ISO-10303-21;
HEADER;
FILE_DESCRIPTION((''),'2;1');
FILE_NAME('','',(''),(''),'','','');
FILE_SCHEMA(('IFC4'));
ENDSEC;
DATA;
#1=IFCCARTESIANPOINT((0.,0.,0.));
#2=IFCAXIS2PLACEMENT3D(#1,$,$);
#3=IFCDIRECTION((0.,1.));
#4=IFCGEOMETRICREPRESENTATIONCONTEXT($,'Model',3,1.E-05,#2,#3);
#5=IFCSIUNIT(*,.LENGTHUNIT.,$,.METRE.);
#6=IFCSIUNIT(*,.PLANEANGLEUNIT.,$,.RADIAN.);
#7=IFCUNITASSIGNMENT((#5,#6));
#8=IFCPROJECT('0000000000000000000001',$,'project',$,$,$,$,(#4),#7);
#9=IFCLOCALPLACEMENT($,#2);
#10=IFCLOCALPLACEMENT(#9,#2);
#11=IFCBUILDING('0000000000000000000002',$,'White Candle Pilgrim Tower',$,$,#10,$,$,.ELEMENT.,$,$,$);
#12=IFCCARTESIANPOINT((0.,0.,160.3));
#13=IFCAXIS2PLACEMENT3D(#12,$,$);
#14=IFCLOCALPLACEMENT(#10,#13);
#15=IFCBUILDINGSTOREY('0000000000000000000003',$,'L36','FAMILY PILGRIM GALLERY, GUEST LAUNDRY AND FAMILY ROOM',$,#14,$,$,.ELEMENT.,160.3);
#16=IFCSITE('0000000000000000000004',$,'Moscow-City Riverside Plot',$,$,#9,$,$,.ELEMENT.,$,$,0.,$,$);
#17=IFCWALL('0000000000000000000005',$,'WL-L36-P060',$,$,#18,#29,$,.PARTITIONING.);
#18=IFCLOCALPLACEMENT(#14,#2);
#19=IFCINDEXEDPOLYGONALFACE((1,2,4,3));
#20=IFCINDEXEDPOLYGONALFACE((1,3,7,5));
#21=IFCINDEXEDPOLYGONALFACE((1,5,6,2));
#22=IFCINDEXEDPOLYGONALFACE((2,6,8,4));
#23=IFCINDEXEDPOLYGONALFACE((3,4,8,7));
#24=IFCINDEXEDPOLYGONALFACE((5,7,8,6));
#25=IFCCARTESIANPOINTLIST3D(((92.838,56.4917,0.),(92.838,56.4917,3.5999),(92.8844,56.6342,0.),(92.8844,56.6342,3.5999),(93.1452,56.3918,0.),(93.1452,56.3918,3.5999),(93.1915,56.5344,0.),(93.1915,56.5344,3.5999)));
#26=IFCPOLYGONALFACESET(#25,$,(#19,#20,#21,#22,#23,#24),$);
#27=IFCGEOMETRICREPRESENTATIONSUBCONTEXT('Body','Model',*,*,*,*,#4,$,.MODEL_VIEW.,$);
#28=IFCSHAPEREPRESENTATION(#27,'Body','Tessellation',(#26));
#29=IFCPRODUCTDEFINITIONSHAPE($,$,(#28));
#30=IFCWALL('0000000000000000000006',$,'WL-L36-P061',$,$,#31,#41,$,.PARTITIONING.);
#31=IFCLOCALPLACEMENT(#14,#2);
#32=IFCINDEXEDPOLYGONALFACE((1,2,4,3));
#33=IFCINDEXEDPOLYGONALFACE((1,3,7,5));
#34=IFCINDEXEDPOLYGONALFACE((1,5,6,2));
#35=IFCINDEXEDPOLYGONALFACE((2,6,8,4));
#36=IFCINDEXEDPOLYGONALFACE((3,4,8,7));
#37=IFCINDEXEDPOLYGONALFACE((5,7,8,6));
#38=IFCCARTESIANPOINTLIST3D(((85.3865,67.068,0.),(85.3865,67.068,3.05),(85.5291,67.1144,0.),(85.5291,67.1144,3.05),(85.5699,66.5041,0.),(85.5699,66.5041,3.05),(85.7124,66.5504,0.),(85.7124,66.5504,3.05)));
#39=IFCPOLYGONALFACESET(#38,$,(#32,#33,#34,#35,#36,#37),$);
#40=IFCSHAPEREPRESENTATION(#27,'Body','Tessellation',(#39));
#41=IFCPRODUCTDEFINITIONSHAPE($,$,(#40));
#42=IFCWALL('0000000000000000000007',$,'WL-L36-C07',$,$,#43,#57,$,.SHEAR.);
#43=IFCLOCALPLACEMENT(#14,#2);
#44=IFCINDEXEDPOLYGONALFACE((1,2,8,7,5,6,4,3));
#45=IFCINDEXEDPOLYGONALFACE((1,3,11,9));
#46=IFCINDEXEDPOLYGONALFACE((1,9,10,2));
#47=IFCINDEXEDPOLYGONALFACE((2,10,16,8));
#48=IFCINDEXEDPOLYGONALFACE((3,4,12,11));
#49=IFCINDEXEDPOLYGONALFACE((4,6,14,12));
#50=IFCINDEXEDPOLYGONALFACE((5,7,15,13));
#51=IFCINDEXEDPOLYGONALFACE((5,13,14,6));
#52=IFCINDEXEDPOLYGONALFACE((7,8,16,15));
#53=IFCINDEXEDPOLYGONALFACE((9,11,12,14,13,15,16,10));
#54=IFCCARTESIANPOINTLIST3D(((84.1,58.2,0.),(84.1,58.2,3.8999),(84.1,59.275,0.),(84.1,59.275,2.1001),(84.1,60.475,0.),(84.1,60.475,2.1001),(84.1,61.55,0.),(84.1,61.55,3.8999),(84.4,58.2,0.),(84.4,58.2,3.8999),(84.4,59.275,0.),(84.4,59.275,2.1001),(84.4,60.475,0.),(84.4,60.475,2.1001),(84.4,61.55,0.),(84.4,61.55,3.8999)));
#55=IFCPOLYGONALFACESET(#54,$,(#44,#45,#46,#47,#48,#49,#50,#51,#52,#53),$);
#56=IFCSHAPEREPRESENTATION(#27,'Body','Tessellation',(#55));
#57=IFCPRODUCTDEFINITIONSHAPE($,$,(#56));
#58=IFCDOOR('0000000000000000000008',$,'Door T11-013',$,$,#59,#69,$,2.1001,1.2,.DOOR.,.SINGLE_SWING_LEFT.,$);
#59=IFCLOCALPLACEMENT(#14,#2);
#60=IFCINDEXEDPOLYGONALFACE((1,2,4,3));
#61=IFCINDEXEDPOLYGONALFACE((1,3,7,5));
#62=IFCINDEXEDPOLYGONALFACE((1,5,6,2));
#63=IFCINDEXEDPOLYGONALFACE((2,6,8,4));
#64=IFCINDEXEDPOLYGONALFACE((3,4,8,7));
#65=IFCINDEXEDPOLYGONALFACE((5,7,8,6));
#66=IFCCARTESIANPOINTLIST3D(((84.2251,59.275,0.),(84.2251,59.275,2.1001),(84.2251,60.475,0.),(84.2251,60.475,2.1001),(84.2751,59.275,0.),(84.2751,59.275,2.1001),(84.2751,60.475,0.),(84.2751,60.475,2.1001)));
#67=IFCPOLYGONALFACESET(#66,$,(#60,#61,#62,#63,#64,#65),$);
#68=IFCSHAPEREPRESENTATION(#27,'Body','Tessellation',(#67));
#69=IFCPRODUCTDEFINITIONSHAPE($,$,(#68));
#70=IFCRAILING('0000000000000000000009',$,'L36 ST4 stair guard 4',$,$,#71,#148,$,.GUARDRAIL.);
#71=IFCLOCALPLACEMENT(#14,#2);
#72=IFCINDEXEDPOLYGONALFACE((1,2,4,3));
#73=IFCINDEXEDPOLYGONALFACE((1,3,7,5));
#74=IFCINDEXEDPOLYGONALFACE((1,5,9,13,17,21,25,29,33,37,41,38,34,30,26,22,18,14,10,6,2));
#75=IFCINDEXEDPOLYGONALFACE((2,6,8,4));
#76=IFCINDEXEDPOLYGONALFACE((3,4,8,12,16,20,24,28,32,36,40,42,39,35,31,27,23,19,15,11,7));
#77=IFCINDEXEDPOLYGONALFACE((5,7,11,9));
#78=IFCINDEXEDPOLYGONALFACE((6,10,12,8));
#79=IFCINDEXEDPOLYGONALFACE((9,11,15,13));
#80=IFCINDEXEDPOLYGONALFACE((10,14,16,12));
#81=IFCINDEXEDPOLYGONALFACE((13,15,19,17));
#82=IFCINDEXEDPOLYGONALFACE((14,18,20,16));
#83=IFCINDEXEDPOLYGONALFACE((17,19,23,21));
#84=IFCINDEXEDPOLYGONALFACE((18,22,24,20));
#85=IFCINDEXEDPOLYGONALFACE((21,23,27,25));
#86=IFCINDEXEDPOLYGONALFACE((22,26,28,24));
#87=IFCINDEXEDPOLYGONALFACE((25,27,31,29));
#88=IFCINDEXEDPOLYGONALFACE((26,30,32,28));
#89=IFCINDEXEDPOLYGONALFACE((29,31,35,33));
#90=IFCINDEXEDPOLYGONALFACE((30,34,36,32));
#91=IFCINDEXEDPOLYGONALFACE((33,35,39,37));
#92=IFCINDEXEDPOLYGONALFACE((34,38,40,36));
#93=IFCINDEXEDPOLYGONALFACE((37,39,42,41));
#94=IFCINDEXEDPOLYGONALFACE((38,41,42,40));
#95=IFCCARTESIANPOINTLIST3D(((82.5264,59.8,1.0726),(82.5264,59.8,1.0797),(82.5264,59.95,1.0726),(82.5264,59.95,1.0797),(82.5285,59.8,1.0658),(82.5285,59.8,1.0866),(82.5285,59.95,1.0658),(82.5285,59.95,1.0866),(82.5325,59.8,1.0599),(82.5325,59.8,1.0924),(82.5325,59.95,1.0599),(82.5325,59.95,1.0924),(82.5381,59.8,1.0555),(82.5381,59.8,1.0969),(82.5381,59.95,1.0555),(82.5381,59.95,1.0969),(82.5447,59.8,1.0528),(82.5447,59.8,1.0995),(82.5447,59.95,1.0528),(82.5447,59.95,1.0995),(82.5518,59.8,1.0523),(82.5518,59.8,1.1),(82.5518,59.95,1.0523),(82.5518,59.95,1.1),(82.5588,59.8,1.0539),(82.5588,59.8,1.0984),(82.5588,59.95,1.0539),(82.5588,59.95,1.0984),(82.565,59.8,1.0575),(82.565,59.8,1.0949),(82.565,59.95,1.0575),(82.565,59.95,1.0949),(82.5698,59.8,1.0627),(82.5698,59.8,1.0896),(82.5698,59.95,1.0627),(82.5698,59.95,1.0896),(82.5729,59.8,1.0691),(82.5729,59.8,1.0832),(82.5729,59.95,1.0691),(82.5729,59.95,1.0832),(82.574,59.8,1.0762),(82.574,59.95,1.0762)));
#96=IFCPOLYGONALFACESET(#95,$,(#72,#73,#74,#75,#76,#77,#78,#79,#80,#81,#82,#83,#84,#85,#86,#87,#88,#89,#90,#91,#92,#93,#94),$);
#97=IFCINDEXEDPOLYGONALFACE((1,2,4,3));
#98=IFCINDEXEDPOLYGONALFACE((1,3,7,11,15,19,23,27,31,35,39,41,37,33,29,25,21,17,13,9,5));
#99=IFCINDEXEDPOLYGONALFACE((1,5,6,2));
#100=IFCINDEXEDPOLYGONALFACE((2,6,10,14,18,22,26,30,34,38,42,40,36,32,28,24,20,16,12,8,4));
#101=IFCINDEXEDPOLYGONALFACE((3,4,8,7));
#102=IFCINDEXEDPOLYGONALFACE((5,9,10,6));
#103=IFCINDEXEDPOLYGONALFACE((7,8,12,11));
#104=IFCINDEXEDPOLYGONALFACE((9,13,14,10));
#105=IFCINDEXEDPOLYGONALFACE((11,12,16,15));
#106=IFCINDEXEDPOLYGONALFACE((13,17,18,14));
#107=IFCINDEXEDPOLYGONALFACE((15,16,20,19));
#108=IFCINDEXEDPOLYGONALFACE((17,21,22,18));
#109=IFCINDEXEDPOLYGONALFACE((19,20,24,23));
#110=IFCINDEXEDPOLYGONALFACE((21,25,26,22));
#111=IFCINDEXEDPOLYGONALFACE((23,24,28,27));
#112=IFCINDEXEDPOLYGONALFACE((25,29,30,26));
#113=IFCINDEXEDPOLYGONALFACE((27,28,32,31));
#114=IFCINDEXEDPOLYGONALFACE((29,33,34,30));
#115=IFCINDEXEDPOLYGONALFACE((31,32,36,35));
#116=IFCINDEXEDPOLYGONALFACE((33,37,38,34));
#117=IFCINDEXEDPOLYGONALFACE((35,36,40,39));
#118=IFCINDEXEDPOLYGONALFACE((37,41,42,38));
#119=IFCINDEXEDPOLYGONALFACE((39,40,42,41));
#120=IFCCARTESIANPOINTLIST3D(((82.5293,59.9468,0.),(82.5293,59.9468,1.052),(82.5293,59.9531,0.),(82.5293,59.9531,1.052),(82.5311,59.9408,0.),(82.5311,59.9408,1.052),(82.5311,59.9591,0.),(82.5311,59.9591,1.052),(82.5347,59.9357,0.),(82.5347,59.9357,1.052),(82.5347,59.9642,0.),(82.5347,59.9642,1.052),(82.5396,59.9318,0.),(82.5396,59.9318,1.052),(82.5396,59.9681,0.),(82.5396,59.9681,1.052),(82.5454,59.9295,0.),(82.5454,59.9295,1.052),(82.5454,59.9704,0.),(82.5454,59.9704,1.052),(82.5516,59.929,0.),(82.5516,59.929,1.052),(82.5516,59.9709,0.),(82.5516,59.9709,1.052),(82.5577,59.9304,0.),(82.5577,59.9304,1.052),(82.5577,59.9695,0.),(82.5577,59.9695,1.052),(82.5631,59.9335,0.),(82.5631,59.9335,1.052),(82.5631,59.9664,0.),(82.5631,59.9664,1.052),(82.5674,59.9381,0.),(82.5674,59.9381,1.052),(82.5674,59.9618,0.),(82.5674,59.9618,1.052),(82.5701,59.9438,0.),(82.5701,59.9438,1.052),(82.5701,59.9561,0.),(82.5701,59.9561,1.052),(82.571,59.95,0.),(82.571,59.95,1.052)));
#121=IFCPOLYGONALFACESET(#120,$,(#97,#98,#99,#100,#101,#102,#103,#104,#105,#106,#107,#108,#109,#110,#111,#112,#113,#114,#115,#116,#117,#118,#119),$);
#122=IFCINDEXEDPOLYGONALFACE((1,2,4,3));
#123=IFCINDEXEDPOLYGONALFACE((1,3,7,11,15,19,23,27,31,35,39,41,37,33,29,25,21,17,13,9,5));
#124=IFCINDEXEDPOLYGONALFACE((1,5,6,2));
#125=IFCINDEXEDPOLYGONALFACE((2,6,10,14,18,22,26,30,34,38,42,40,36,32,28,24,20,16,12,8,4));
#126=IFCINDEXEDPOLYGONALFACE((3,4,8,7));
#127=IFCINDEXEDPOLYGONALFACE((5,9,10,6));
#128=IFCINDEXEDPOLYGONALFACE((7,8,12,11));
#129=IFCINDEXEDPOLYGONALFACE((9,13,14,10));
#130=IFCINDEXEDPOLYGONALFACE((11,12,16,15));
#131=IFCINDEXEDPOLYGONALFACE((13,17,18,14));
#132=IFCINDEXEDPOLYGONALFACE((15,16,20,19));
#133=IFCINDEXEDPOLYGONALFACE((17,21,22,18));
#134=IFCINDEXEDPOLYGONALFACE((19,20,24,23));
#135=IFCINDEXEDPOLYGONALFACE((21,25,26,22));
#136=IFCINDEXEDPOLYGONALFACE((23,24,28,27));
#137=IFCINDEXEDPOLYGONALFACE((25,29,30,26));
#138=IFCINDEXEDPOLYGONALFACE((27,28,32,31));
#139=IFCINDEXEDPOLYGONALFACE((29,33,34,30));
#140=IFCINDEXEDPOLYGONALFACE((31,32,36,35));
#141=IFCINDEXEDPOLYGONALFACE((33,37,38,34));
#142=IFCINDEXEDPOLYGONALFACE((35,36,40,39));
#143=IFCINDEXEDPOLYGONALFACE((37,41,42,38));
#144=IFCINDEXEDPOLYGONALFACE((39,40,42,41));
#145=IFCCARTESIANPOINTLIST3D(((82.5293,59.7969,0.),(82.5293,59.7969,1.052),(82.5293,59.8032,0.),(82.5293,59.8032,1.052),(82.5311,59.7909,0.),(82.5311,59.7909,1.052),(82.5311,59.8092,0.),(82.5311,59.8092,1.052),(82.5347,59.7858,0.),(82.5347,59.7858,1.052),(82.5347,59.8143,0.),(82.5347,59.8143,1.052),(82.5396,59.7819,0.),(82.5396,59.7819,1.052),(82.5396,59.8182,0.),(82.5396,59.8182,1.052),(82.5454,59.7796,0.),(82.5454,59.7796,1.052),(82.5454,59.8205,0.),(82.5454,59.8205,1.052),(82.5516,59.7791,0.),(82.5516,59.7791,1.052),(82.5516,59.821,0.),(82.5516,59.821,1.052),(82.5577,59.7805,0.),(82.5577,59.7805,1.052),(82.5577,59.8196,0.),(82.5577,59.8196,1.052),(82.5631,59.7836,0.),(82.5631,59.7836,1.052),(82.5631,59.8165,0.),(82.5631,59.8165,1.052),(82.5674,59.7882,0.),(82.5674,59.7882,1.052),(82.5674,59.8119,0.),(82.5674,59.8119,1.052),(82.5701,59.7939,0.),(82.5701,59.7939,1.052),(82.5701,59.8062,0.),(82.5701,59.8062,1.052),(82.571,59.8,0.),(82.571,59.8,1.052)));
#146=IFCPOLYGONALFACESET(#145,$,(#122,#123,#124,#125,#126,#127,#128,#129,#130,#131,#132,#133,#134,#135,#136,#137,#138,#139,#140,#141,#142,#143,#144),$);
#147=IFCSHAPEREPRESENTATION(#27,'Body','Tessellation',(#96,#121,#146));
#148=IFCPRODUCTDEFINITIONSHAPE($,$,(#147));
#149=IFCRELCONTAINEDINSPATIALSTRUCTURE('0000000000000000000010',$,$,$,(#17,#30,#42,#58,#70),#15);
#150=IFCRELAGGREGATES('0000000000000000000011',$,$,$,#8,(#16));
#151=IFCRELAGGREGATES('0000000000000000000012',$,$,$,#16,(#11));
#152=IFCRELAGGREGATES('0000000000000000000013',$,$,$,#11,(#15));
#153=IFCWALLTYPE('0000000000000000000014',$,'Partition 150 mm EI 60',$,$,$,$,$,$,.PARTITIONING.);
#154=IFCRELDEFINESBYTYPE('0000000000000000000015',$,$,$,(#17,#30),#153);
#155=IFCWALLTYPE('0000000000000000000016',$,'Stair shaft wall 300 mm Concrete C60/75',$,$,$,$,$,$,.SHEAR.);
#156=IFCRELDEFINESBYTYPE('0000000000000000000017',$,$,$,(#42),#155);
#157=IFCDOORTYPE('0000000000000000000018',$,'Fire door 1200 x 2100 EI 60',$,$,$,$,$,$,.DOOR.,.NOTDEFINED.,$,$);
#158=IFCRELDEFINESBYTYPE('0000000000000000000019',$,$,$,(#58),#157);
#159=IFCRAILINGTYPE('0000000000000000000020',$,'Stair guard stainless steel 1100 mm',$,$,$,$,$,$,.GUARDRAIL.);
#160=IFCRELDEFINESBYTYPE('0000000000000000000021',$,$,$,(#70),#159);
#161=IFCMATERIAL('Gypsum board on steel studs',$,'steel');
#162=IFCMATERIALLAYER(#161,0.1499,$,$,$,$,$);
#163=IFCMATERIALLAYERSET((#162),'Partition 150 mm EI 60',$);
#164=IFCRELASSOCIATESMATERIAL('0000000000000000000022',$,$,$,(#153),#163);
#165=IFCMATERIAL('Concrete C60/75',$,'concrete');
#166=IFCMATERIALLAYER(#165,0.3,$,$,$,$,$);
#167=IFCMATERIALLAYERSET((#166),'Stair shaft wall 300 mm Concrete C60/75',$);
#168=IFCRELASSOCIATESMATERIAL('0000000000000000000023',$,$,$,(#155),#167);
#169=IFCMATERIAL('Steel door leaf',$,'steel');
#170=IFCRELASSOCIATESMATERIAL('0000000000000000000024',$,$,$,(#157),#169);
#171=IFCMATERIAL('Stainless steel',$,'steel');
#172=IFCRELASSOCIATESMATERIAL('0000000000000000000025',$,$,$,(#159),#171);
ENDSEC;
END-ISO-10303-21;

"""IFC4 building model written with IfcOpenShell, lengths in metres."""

from ifc_helpers import new_model, si_unit, direction, frame, frame_2d, origin, origin_2d, place, context, subcontext, project, spatial, rectangle, circle, extrude, material, layer, layer_set, type_object, element, fill, save


model = new_model("IFC4")

# Units and contexts
model_context = context("Model", 3, precision=1e-05, world=origin(), true_north=direction((0.0, 1.0)))
body_context = subcontext(model_context, "Body", "Model", "MODEL_VIEW")
ifc_project = project(units=[si_unit("LENGTHUNIT", "METRE"), si_unit("PLANEANGLEUNIT", "RADIAN")], contexts=[model_context])

# Site, building, storey
site_placement = place(None, origin())
site = spatial("IfcSite", under=ifc_project, at=site_placement, Name="Moscow-City Riverside Plot", CompositionType="ELEMENT", RefElevation=0.0)
building_placement = place(site_placement, origin())
building = spatial("IfcBuilding", under=site, at=building_placement, Name="White Candle Pilgrim Tower", CompositionType="ELEMENT")
storey_placement = place(building_placement, frame((0.0, 0.0, 160.3)))
storey = spatial("IfcBuildingStorey", under=building, at=storey_placement, Name="L36", Description="FAMILY PILGRIM GALLERY, GUEST LAUNDRY AND FAMILY ROOM", CompositionType="ELEMENT", Elevation=160.3)

# Shared definitions
ifc_material_1 = material(Name="Concrete C60/75", Category="concrete")

# Shared definitions
ifc_material_2 = material(Name="Gypsum board on steel studs", Category="steel")
ifc_material_3 = material(Name="Steel door leaf", Category="steel")

# Shared definitions
ifc_layer_1 = layer(ifc_material_2, 0.1499)
ifc_layer_set_1 = layer_set([ifc_layer_1], Name="Partition 150 mm EI 60")
wall_type_1 = type_object("IfcWallType", Name="Partition 150 mm EI 60", PredefinedType="PARTITIONING", material=ifc_layer_set_1)

# Walls
wall_1_placement = place(storey_placement, frame((92.8611, 56.563, 0.0), z_axis=(0.0, 0.0, 1.0), x_axis=(0.951001, -0.309189, 0.0)))
element("IfcWall", 1, at=wall_1_placement, inside=storey, type_object=wall_type_1, Name="WL-L36-P060", PredefinedType="PARTITIONING", context=body_context, shape_type="SweptSolid", body=[
    extrude(rectangle(XDim=0.323, YDim=0.1499, at=frame_2d((0.1616, 0.0))), origin(), (0.0, 0.0, 1.0), 3.5999),
])
wall_2_placement = place(storey_placement, frame((85.6411, 66.5273, 0.0), z_axis=(0.0, 0.0, 1.0), x_axis=(-0.309179, 0.951004, 0.0)))
element("IfcWall", 2, at=wall_2_placement, inside=storey, type_object=wall_type_1, Name="WL-L36-P061", PredefinedType="PARTITIONING", context=body_context, shape_type="SweptSolid", body=[
    extrude(rectangle(XDim=0.593, YDim=0.1499, at=frame_2d((0.2964, 0.0))), origin(), (0.0, 0.0, 1.0), 3.05),
])

# Wall, opening, door
ifc_layer_2 = layer(ifc_material_1, 0.3)
ifc_layer_set_2 = layer_set([ifc_layer_2], Name="Stair shaft wall 300 mm Concrete C60/75")
wall_type_2 = type_object("IfcWallType", Name="Stair shaft wall 300 mm Concrete C60/75", PredefinedType="SHEAR", material=ifc_layer_set_2)
wall_3_placement = place(storey_placement, frame((84.25, 58.2, 0.0), z_axis=(0.0, 0.0, 1.0), x_axis=(0.0, 1.0, 0.0)))
wall_3 = element("IfcWall", 3, at=wall_3_placement, inside=storey, type_object=wall_type_2, Name="WL-L36-C07", PredefinedType="SHEAR", context=body_context, shape_type="SweptSolid", body=[
    extrude(rectangle(XDim=3.3501, YDim=0.3, at=frame_2d((1.675, 0.0))), origin(), (0.0, 0.0, 1.0), 3.8999),
])
opening_1_placement = place(wall_3_placement, frame((1.075, 0.0, 0.0)))
opening_1 = element("IfcOpeningElement", 4, at=opening_1_placement, cuts=wall_3, PredefinedType="OPENING", context=body_context, shape_type="SweptSolid", body=[
    extrude(rectangle(XDim=1.2, YDim=2.1001, at=frame_2d((0.6001, 1.05))), frame((0.0, 0.1599, 0.0), z_axis=(0.0, -1.0, 0.0), x_axis=(1.0, 0.0, 0.0)), (0.0, 0.0, 1.0), 0.3201),
])
door_type_1 = type_object("IfcDoorType", Name="Fire door 1200 x 2100 EI 60", OperationType="NOTDEFINED", PredefinedType="DOOR", material=ifc_material_3)
door_1_placement = place(opening_1_placement, origin())
door_1 = element("IfcDoor", 5, at=door_1_placement, inside=storey, type_object=door_type_1, Name="Door T11-013", OperationType="SINGLE_SWING_LEFT", OverallHeight=2.1001, OverallWidth=1.2, PredefinedType="DOOR", context=body_context, shape_type="SweptSolid", body=[
    extrude(rectangle(XDim=1.2, YDim=2.1001, at=frame_2d((0.6001, 1.05))), frame((0.0, 0.0249, 0.0), z_axis=(0.0, -1.0, 0.0), x_axis=(1.0, 0.0, 0.0)), (0.0, 0.0, 1.0), 0.05),
])
fill(opening_1, door_1)

# Railing
ifc_material_4 = material(Name="Stainless steel", Category="steel")
railing_type = type_object("IfcRailingType", Name="Stair guard stainless steel 1100 mm", PredefinedType="GUARDRAIL", material=ifc_material_4)
railing_placement = place(storey_placement, frame((82.55, 59.95, 0.0)))
element("IfcRailing", 6, at=railing_placement, inside=storey, type_object=railing_type, Name="L36 ST4 stair guard 4", PredefinedType="GUARDRAIL", context=body_context, shape_type="SweptSolid", body=[
    extrude(circle(Radius=0.0239, at=origin_2d()), frame((0.0, 0.0, 1.0762), z_axis=(0.0, -1.0, 0.0), x_axis=(1.0, 0.0, 0.0)), (0.0, 0.0, 1.0), 0.1499),
    extrude(circle(Radius=0.021, at=origin_2d()), origin(), (0.0, 0.0, 1.0), 1.052),
    extrude(circle(Radius=0.021, at=origin_2d()), frame((0.0, -0.1499, 0.0)), (0.0, 0.0, 1.0), 1.052),
])

save(model, "model.ifc")
